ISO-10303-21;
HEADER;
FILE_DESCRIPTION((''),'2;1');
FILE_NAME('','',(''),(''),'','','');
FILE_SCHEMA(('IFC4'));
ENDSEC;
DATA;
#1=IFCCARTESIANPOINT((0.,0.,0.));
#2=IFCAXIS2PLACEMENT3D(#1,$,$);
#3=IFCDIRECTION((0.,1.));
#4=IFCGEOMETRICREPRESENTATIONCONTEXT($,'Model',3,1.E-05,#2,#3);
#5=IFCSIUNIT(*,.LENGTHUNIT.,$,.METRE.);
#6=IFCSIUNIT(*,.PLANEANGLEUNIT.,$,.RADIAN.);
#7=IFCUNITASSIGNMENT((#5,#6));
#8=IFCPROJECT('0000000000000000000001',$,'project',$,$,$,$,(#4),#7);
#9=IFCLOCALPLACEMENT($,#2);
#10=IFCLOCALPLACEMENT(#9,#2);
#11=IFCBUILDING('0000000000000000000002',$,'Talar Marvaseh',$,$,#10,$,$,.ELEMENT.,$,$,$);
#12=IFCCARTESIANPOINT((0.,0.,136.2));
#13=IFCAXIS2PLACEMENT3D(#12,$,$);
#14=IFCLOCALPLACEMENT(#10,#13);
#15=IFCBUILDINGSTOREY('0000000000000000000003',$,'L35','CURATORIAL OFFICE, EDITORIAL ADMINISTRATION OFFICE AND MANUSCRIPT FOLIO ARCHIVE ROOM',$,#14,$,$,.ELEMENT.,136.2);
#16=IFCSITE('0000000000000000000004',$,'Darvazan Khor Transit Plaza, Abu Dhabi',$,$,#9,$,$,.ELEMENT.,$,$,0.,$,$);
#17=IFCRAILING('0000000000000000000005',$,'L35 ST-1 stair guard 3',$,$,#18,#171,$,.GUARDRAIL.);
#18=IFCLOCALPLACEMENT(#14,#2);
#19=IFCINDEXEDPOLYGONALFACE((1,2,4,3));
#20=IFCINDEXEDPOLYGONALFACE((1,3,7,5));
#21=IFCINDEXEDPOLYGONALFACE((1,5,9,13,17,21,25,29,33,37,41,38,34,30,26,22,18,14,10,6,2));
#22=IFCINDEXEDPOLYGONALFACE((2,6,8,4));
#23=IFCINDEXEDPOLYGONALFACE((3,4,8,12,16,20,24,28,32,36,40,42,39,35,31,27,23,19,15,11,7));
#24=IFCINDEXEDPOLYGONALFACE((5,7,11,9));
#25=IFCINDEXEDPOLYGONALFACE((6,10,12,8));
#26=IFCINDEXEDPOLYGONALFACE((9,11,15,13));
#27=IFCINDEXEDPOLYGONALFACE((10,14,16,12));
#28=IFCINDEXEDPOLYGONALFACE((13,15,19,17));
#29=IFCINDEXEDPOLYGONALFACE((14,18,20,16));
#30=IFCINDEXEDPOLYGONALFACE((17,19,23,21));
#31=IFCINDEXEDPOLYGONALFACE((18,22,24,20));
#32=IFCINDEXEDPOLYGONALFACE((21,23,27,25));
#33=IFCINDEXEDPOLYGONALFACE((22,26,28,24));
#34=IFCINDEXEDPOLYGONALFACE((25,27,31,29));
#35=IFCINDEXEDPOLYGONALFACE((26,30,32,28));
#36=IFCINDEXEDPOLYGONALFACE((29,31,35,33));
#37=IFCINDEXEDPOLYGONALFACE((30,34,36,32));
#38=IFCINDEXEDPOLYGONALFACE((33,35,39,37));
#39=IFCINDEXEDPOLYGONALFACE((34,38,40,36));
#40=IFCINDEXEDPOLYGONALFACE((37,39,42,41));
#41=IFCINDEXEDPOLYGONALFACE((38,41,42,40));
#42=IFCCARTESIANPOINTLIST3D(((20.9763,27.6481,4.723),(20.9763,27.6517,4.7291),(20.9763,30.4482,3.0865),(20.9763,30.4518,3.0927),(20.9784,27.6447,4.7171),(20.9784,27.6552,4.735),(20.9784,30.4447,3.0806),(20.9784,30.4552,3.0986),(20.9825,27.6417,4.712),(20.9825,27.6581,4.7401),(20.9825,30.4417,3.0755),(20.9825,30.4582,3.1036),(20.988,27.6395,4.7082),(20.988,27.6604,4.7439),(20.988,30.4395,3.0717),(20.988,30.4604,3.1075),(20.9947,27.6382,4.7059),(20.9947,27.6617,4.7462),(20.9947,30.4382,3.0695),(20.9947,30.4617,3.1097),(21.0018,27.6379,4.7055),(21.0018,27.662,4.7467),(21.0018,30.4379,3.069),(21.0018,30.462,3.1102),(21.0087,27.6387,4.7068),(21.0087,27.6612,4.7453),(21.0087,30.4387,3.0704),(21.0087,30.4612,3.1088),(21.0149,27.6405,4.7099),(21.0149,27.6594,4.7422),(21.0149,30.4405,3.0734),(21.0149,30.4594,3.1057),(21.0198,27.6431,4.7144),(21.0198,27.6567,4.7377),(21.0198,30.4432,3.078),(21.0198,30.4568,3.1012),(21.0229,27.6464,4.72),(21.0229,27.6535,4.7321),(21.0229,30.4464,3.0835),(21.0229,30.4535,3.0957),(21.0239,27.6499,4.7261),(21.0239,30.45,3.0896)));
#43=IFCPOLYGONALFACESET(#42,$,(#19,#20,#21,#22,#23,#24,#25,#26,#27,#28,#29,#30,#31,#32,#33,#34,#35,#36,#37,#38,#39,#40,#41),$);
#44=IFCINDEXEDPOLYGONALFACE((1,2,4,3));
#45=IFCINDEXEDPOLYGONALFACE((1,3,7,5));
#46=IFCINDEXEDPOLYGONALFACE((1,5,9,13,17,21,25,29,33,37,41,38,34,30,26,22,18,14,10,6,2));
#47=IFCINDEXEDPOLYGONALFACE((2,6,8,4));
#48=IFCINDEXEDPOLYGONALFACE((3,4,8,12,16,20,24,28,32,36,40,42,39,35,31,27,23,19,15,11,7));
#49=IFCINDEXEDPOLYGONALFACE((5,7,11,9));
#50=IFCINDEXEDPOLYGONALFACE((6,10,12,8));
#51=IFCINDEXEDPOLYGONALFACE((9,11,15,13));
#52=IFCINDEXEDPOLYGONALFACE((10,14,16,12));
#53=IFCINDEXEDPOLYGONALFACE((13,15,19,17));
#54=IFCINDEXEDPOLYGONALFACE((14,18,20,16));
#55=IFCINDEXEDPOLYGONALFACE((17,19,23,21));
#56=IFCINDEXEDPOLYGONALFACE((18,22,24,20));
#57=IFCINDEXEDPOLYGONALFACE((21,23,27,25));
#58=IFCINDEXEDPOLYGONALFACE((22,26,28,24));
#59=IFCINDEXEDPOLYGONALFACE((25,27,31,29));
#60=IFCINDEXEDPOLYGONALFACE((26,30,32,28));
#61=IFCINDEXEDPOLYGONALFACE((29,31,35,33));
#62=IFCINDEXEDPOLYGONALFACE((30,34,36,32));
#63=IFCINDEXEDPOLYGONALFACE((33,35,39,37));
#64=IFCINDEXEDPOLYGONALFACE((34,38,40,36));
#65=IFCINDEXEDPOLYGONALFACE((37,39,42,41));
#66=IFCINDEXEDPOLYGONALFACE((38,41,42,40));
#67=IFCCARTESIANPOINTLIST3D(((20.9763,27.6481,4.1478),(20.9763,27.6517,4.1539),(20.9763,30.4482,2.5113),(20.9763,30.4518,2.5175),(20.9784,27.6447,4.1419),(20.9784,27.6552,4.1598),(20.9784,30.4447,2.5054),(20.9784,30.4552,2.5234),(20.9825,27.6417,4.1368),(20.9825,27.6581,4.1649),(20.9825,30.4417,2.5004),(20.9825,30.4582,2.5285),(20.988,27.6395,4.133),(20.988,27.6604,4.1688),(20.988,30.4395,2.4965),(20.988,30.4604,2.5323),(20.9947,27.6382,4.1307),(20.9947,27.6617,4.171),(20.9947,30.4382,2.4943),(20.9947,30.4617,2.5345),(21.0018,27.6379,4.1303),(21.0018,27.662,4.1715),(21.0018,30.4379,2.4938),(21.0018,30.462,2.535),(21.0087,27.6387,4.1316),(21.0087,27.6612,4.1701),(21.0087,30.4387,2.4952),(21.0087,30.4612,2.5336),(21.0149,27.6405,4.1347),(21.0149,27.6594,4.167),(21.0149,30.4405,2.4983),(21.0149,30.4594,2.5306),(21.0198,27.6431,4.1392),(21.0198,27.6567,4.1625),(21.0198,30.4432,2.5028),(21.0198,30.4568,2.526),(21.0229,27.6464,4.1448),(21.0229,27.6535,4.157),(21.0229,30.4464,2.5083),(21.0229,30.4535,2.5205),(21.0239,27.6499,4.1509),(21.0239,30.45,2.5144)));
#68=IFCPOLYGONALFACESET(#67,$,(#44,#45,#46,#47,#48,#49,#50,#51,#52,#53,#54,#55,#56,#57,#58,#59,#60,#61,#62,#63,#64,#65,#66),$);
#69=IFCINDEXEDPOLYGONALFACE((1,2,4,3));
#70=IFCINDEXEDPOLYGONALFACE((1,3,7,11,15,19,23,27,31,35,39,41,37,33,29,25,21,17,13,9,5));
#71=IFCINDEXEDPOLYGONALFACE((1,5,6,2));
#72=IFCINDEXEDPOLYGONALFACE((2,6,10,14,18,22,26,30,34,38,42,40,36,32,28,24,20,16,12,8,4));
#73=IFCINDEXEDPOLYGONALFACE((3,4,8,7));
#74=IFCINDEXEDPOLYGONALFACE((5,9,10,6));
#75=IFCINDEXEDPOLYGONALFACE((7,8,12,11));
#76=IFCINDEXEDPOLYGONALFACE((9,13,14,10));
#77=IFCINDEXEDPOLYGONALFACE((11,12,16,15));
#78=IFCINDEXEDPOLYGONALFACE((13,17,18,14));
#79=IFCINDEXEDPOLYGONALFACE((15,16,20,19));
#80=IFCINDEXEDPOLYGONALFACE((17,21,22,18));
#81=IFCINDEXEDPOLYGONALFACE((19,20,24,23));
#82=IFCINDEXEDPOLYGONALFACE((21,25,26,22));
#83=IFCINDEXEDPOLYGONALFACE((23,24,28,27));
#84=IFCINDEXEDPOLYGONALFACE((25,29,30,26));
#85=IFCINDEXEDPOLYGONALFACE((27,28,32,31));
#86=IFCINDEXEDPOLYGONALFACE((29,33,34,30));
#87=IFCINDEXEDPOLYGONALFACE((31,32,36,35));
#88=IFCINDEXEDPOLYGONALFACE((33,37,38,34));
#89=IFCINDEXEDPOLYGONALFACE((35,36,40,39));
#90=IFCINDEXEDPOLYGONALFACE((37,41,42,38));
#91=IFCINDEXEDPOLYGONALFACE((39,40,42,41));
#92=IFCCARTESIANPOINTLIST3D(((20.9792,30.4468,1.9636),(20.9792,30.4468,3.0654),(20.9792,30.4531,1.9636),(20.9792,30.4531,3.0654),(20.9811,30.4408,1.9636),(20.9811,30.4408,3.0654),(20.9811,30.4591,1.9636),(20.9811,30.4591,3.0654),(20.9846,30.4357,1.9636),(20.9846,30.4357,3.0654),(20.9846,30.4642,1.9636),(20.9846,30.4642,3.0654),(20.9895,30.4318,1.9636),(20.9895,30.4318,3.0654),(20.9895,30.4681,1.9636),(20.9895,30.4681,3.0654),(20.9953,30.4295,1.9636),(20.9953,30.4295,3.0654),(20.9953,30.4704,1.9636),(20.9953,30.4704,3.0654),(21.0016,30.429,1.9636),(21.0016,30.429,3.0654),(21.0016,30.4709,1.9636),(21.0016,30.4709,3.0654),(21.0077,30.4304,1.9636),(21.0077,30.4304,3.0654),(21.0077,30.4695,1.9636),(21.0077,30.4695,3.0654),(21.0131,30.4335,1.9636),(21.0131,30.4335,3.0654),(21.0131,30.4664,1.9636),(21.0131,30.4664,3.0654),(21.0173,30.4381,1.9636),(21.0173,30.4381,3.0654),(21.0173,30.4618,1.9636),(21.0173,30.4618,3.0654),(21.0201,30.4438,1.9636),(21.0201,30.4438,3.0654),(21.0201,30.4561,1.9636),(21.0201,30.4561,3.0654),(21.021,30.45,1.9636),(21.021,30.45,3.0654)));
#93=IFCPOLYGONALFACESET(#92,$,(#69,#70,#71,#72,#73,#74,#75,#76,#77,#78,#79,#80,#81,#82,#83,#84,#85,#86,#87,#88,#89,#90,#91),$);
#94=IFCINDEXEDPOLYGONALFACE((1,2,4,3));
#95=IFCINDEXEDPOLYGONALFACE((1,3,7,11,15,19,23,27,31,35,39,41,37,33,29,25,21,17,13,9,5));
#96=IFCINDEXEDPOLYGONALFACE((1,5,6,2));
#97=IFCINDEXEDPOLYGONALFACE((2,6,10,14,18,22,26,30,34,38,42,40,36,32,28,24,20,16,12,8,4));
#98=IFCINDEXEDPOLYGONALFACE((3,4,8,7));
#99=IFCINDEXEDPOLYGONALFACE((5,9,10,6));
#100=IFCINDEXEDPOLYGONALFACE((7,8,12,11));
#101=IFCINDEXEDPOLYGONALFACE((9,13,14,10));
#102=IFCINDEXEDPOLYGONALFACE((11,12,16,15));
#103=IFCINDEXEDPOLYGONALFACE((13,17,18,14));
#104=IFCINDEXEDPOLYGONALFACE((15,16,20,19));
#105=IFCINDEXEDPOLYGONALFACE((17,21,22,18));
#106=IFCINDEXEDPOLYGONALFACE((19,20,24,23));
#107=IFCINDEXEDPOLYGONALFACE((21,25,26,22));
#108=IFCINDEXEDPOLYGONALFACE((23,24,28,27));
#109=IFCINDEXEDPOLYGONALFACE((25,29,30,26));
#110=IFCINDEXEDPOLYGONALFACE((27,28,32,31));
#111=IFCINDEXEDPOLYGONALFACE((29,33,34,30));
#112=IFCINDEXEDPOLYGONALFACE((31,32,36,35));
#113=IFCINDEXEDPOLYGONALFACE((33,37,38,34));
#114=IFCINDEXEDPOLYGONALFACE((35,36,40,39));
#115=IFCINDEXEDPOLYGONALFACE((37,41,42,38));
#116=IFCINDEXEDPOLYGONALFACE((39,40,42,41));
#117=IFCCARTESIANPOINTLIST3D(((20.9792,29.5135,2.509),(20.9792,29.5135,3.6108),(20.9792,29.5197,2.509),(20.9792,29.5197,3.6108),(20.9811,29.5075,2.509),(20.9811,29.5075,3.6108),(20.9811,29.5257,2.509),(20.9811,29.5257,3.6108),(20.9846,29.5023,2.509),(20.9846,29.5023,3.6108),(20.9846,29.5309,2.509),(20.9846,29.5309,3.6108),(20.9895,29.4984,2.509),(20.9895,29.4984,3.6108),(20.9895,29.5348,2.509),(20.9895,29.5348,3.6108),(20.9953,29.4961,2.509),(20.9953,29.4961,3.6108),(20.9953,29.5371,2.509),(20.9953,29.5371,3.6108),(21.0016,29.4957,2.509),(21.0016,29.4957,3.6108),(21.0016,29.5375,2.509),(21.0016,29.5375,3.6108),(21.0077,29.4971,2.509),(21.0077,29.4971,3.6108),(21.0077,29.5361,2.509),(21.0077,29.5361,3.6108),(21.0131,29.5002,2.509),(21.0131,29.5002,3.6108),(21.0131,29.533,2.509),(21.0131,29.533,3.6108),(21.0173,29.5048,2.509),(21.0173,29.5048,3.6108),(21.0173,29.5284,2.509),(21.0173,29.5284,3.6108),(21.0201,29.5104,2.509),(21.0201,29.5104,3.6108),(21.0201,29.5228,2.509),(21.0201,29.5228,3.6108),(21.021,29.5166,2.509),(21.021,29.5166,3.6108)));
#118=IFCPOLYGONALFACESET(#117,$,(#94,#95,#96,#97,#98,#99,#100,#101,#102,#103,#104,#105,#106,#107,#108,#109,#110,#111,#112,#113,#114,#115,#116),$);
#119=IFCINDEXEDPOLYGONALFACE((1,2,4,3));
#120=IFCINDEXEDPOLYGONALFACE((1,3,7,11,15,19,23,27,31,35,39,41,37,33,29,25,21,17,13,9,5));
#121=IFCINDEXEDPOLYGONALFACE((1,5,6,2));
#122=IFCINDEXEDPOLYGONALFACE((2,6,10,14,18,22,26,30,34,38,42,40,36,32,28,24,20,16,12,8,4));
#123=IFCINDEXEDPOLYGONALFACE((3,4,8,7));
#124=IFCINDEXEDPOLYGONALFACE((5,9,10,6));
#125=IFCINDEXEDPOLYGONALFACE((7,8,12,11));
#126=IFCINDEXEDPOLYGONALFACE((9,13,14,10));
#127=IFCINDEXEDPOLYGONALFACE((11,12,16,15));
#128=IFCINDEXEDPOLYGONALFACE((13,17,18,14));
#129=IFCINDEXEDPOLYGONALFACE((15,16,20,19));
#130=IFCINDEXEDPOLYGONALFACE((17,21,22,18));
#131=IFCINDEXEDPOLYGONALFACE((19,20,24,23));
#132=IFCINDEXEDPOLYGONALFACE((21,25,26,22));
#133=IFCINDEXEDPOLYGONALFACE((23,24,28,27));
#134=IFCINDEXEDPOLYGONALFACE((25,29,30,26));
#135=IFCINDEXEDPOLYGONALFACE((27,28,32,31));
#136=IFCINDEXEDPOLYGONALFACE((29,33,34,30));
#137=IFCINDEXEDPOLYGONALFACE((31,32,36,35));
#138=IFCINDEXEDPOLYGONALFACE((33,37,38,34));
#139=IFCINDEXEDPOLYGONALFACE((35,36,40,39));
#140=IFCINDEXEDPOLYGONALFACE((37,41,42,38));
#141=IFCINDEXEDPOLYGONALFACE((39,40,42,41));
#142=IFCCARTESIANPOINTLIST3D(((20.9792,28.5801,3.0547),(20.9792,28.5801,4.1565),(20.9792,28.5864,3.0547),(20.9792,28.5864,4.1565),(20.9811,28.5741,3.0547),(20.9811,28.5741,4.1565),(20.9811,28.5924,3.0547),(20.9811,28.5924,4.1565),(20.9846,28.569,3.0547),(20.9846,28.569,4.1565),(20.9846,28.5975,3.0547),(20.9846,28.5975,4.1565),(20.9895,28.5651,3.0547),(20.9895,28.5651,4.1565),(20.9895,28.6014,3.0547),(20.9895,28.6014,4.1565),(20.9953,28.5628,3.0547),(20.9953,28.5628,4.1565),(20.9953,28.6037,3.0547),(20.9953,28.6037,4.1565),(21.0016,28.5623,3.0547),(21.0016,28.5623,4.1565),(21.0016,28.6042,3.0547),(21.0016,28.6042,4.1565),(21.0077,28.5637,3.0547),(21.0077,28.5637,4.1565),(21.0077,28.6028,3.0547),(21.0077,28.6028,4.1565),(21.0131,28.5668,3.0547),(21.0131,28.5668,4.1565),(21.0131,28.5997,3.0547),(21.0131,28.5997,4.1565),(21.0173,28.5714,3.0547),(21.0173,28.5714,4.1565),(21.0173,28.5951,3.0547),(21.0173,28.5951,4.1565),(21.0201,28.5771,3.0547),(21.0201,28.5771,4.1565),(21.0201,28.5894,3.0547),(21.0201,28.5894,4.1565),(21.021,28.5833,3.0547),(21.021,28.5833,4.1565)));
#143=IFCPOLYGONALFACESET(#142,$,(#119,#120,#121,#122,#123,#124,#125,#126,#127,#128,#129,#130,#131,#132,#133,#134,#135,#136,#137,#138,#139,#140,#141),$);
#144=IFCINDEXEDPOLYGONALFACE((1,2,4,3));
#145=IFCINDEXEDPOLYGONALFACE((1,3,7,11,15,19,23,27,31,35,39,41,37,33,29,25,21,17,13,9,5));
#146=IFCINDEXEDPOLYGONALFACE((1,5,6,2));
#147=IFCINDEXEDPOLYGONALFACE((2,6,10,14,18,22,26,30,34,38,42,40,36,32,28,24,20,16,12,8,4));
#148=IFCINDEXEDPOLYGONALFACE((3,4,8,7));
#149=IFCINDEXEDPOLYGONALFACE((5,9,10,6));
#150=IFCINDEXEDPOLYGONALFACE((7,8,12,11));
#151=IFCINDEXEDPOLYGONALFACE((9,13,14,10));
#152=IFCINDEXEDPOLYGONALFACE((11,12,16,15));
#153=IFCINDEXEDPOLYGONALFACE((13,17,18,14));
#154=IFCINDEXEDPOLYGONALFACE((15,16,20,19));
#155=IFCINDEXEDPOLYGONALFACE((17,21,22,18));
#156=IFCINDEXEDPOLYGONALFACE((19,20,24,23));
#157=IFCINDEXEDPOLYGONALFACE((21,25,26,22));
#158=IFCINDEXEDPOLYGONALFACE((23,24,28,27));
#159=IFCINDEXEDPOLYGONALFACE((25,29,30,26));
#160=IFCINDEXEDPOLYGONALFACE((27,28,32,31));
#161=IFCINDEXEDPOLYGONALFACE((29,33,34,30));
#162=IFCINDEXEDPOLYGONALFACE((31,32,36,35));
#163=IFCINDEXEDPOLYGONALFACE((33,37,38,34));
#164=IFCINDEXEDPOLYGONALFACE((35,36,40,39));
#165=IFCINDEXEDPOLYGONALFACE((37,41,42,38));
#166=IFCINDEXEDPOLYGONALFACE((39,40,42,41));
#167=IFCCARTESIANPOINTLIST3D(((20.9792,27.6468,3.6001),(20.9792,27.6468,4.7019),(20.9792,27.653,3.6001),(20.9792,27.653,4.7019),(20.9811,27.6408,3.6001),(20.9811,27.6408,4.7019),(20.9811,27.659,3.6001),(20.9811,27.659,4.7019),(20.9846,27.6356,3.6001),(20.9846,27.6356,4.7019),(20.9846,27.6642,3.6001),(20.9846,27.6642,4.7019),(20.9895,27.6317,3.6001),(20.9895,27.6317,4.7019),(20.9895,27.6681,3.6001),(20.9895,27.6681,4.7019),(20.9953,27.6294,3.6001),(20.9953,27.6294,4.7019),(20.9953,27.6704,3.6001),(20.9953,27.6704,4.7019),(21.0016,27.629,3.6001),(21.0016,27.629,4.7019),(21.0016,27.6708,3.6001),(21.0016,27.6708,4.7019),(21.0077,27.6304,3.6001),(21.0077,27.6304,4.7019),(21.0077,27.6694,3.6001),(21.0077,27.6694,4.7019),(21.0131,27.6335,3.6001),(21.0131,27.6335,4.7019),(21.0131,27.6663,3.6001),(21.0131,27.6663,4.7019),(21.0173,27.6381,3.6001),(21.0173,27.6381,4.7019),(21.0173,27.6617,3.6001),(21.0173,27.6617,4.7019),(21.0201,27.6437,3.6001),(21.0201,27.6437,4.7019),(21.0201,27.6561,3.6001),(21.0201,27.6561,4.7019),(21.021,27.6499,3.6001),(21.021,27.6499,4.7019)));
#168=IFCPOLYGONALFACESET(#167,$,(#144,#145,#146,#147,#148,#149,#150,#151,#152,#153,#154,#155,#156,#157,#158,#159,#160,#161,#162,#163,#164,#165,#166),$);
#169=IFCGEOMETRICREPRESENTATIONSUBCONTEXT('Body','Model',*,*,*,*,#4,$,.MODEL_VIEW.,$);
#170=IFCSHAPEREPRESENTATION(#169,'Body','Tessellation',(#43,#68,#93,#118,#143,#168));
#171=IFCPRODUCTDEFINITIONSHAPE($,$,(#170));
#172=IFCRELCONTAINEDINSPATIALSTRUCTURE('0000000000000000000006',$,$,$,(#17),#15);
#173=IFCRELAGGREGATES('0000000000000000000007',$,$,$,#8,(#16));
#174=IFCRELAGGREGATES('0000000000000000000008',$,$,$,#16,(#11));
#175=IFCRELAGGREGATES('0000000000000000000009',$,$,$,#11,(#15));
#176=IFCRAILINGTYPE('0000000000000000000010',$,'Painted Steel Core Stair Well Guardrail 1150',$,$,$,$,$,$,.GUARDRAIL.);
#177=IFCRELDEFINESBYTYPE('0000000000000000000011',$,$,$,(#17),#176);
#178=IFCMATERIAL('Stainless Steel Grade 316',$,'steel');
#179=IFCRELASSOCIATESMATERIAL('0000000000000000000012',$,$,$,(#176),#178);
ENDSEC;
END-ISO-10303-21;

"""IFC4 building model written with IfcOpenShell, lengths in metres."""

from ifc_helpers import new_model, si_unit, direction, frame, origin, origin_2d, place, context, subcontext, project, spatial, circle, extrude, material, type_object, element, save


model = new_model("IFC4")

# Units and contexts
model_context = context("Model", 3, precision=1e-05, world=origin(), true_north=direction((0.0, 1.0)))
body_context = subcontext(model_context, "Body", "Model", "MODEL_VIEW")
ifc_project = project(units=[si_unit("LENGTHUNIT", "METRE"), si_unit("PLANEANGLEUNIT", "RADIAN")], contexts=[model_context])

# Site, building, storey
site_placement = place(None, origin())
site = spatial("IfcSite", under=ifc_project, at=site_placement, Name="Darvazan Khor Transit Plaza, Abu Dhabi", CompositionType="ELEMENT", RefElevation=0.0)
building_placement = place(site_placement, origin())
building = spatial("IfcBuilding", under=site, at=building_placement, Name="Talar Marvaseh", CompositionType="ELEMENT")
storey_placement = place(building_placement, frame((0.0, 0.0, 136.2)))
storey = spatial("IfcBuildingStorey", under=building, at=storey_placement, Name="L35", Description="CURATORIAL OFFICE, EDITORIAL ADMINISTRATION OFFICE AND MANUSCRIPT FOLIO ARCHIVE ROOM", CompositionType="ELEMENT", Elevation=136.2)

# Railing
ifc_material_1 = material(Name="Stainless Steel Grade 316", Category="steel")
railing_type_1 = type_object("IfcRailingType", Name="Painted Steel Core Stair Well Guardrail 1150", PredefinedType="GUARDRAIL", material=ifc_material_1)
railing_1_placement = place(storey_placement, frame((21.0, 30.45, 1.9636)))
element("IfcRailing", 1, at=railing_1_placement, inside=storey, type_object=railing_type_1, Name="L35 ST-1 stair guard 3", PredefinedType="GUARDRAIL", context=body_context, shape_type="SweptSolid", body=[
    extrude(circle(Radius=0.0239, at=origin_2d()), frame((0.0, 0.0, 1.126), z_axis=(0.0, -0.863361, 0.504587), x_axis=(1.0, 0.0, 0.0)), (0.0, 0.0, 1.0), 3.2432),
    extrude(circle(Radius=0.0239, at=origin_2d()), frame((0.0, 0.0, 0.5508), z_axis=(0.0, -0.863361, 0.504587), x_axis=(1.0, 0.0, 0.0)), (0.0, 0.0, 1.0), 3.2432),
    extrude(circle(Radius=0.021, at=origin_2d()), origin(), (0.0, 0.0, 1.0), 1.1018),
    extrude(circle(Radius=0.021, at=origin_2d()), frame((0.0, -0.9333, 0.5454)), (0.0, 0.0, 1.0), 1.1018),
    extrude(circle(Radius=0.021, at=origin_2d()), frame((0.0, -1.8667, 1.0911)), (0.0, 0.0, 1.0), 1.1018),
    extrude(circle(Radius=0.021, at=origin_2d()), frame((0.0, -2.8, 1.6365)), (0.0, 0.0, 1.0), 1.1018),
])

save(model, "model.ifc")
